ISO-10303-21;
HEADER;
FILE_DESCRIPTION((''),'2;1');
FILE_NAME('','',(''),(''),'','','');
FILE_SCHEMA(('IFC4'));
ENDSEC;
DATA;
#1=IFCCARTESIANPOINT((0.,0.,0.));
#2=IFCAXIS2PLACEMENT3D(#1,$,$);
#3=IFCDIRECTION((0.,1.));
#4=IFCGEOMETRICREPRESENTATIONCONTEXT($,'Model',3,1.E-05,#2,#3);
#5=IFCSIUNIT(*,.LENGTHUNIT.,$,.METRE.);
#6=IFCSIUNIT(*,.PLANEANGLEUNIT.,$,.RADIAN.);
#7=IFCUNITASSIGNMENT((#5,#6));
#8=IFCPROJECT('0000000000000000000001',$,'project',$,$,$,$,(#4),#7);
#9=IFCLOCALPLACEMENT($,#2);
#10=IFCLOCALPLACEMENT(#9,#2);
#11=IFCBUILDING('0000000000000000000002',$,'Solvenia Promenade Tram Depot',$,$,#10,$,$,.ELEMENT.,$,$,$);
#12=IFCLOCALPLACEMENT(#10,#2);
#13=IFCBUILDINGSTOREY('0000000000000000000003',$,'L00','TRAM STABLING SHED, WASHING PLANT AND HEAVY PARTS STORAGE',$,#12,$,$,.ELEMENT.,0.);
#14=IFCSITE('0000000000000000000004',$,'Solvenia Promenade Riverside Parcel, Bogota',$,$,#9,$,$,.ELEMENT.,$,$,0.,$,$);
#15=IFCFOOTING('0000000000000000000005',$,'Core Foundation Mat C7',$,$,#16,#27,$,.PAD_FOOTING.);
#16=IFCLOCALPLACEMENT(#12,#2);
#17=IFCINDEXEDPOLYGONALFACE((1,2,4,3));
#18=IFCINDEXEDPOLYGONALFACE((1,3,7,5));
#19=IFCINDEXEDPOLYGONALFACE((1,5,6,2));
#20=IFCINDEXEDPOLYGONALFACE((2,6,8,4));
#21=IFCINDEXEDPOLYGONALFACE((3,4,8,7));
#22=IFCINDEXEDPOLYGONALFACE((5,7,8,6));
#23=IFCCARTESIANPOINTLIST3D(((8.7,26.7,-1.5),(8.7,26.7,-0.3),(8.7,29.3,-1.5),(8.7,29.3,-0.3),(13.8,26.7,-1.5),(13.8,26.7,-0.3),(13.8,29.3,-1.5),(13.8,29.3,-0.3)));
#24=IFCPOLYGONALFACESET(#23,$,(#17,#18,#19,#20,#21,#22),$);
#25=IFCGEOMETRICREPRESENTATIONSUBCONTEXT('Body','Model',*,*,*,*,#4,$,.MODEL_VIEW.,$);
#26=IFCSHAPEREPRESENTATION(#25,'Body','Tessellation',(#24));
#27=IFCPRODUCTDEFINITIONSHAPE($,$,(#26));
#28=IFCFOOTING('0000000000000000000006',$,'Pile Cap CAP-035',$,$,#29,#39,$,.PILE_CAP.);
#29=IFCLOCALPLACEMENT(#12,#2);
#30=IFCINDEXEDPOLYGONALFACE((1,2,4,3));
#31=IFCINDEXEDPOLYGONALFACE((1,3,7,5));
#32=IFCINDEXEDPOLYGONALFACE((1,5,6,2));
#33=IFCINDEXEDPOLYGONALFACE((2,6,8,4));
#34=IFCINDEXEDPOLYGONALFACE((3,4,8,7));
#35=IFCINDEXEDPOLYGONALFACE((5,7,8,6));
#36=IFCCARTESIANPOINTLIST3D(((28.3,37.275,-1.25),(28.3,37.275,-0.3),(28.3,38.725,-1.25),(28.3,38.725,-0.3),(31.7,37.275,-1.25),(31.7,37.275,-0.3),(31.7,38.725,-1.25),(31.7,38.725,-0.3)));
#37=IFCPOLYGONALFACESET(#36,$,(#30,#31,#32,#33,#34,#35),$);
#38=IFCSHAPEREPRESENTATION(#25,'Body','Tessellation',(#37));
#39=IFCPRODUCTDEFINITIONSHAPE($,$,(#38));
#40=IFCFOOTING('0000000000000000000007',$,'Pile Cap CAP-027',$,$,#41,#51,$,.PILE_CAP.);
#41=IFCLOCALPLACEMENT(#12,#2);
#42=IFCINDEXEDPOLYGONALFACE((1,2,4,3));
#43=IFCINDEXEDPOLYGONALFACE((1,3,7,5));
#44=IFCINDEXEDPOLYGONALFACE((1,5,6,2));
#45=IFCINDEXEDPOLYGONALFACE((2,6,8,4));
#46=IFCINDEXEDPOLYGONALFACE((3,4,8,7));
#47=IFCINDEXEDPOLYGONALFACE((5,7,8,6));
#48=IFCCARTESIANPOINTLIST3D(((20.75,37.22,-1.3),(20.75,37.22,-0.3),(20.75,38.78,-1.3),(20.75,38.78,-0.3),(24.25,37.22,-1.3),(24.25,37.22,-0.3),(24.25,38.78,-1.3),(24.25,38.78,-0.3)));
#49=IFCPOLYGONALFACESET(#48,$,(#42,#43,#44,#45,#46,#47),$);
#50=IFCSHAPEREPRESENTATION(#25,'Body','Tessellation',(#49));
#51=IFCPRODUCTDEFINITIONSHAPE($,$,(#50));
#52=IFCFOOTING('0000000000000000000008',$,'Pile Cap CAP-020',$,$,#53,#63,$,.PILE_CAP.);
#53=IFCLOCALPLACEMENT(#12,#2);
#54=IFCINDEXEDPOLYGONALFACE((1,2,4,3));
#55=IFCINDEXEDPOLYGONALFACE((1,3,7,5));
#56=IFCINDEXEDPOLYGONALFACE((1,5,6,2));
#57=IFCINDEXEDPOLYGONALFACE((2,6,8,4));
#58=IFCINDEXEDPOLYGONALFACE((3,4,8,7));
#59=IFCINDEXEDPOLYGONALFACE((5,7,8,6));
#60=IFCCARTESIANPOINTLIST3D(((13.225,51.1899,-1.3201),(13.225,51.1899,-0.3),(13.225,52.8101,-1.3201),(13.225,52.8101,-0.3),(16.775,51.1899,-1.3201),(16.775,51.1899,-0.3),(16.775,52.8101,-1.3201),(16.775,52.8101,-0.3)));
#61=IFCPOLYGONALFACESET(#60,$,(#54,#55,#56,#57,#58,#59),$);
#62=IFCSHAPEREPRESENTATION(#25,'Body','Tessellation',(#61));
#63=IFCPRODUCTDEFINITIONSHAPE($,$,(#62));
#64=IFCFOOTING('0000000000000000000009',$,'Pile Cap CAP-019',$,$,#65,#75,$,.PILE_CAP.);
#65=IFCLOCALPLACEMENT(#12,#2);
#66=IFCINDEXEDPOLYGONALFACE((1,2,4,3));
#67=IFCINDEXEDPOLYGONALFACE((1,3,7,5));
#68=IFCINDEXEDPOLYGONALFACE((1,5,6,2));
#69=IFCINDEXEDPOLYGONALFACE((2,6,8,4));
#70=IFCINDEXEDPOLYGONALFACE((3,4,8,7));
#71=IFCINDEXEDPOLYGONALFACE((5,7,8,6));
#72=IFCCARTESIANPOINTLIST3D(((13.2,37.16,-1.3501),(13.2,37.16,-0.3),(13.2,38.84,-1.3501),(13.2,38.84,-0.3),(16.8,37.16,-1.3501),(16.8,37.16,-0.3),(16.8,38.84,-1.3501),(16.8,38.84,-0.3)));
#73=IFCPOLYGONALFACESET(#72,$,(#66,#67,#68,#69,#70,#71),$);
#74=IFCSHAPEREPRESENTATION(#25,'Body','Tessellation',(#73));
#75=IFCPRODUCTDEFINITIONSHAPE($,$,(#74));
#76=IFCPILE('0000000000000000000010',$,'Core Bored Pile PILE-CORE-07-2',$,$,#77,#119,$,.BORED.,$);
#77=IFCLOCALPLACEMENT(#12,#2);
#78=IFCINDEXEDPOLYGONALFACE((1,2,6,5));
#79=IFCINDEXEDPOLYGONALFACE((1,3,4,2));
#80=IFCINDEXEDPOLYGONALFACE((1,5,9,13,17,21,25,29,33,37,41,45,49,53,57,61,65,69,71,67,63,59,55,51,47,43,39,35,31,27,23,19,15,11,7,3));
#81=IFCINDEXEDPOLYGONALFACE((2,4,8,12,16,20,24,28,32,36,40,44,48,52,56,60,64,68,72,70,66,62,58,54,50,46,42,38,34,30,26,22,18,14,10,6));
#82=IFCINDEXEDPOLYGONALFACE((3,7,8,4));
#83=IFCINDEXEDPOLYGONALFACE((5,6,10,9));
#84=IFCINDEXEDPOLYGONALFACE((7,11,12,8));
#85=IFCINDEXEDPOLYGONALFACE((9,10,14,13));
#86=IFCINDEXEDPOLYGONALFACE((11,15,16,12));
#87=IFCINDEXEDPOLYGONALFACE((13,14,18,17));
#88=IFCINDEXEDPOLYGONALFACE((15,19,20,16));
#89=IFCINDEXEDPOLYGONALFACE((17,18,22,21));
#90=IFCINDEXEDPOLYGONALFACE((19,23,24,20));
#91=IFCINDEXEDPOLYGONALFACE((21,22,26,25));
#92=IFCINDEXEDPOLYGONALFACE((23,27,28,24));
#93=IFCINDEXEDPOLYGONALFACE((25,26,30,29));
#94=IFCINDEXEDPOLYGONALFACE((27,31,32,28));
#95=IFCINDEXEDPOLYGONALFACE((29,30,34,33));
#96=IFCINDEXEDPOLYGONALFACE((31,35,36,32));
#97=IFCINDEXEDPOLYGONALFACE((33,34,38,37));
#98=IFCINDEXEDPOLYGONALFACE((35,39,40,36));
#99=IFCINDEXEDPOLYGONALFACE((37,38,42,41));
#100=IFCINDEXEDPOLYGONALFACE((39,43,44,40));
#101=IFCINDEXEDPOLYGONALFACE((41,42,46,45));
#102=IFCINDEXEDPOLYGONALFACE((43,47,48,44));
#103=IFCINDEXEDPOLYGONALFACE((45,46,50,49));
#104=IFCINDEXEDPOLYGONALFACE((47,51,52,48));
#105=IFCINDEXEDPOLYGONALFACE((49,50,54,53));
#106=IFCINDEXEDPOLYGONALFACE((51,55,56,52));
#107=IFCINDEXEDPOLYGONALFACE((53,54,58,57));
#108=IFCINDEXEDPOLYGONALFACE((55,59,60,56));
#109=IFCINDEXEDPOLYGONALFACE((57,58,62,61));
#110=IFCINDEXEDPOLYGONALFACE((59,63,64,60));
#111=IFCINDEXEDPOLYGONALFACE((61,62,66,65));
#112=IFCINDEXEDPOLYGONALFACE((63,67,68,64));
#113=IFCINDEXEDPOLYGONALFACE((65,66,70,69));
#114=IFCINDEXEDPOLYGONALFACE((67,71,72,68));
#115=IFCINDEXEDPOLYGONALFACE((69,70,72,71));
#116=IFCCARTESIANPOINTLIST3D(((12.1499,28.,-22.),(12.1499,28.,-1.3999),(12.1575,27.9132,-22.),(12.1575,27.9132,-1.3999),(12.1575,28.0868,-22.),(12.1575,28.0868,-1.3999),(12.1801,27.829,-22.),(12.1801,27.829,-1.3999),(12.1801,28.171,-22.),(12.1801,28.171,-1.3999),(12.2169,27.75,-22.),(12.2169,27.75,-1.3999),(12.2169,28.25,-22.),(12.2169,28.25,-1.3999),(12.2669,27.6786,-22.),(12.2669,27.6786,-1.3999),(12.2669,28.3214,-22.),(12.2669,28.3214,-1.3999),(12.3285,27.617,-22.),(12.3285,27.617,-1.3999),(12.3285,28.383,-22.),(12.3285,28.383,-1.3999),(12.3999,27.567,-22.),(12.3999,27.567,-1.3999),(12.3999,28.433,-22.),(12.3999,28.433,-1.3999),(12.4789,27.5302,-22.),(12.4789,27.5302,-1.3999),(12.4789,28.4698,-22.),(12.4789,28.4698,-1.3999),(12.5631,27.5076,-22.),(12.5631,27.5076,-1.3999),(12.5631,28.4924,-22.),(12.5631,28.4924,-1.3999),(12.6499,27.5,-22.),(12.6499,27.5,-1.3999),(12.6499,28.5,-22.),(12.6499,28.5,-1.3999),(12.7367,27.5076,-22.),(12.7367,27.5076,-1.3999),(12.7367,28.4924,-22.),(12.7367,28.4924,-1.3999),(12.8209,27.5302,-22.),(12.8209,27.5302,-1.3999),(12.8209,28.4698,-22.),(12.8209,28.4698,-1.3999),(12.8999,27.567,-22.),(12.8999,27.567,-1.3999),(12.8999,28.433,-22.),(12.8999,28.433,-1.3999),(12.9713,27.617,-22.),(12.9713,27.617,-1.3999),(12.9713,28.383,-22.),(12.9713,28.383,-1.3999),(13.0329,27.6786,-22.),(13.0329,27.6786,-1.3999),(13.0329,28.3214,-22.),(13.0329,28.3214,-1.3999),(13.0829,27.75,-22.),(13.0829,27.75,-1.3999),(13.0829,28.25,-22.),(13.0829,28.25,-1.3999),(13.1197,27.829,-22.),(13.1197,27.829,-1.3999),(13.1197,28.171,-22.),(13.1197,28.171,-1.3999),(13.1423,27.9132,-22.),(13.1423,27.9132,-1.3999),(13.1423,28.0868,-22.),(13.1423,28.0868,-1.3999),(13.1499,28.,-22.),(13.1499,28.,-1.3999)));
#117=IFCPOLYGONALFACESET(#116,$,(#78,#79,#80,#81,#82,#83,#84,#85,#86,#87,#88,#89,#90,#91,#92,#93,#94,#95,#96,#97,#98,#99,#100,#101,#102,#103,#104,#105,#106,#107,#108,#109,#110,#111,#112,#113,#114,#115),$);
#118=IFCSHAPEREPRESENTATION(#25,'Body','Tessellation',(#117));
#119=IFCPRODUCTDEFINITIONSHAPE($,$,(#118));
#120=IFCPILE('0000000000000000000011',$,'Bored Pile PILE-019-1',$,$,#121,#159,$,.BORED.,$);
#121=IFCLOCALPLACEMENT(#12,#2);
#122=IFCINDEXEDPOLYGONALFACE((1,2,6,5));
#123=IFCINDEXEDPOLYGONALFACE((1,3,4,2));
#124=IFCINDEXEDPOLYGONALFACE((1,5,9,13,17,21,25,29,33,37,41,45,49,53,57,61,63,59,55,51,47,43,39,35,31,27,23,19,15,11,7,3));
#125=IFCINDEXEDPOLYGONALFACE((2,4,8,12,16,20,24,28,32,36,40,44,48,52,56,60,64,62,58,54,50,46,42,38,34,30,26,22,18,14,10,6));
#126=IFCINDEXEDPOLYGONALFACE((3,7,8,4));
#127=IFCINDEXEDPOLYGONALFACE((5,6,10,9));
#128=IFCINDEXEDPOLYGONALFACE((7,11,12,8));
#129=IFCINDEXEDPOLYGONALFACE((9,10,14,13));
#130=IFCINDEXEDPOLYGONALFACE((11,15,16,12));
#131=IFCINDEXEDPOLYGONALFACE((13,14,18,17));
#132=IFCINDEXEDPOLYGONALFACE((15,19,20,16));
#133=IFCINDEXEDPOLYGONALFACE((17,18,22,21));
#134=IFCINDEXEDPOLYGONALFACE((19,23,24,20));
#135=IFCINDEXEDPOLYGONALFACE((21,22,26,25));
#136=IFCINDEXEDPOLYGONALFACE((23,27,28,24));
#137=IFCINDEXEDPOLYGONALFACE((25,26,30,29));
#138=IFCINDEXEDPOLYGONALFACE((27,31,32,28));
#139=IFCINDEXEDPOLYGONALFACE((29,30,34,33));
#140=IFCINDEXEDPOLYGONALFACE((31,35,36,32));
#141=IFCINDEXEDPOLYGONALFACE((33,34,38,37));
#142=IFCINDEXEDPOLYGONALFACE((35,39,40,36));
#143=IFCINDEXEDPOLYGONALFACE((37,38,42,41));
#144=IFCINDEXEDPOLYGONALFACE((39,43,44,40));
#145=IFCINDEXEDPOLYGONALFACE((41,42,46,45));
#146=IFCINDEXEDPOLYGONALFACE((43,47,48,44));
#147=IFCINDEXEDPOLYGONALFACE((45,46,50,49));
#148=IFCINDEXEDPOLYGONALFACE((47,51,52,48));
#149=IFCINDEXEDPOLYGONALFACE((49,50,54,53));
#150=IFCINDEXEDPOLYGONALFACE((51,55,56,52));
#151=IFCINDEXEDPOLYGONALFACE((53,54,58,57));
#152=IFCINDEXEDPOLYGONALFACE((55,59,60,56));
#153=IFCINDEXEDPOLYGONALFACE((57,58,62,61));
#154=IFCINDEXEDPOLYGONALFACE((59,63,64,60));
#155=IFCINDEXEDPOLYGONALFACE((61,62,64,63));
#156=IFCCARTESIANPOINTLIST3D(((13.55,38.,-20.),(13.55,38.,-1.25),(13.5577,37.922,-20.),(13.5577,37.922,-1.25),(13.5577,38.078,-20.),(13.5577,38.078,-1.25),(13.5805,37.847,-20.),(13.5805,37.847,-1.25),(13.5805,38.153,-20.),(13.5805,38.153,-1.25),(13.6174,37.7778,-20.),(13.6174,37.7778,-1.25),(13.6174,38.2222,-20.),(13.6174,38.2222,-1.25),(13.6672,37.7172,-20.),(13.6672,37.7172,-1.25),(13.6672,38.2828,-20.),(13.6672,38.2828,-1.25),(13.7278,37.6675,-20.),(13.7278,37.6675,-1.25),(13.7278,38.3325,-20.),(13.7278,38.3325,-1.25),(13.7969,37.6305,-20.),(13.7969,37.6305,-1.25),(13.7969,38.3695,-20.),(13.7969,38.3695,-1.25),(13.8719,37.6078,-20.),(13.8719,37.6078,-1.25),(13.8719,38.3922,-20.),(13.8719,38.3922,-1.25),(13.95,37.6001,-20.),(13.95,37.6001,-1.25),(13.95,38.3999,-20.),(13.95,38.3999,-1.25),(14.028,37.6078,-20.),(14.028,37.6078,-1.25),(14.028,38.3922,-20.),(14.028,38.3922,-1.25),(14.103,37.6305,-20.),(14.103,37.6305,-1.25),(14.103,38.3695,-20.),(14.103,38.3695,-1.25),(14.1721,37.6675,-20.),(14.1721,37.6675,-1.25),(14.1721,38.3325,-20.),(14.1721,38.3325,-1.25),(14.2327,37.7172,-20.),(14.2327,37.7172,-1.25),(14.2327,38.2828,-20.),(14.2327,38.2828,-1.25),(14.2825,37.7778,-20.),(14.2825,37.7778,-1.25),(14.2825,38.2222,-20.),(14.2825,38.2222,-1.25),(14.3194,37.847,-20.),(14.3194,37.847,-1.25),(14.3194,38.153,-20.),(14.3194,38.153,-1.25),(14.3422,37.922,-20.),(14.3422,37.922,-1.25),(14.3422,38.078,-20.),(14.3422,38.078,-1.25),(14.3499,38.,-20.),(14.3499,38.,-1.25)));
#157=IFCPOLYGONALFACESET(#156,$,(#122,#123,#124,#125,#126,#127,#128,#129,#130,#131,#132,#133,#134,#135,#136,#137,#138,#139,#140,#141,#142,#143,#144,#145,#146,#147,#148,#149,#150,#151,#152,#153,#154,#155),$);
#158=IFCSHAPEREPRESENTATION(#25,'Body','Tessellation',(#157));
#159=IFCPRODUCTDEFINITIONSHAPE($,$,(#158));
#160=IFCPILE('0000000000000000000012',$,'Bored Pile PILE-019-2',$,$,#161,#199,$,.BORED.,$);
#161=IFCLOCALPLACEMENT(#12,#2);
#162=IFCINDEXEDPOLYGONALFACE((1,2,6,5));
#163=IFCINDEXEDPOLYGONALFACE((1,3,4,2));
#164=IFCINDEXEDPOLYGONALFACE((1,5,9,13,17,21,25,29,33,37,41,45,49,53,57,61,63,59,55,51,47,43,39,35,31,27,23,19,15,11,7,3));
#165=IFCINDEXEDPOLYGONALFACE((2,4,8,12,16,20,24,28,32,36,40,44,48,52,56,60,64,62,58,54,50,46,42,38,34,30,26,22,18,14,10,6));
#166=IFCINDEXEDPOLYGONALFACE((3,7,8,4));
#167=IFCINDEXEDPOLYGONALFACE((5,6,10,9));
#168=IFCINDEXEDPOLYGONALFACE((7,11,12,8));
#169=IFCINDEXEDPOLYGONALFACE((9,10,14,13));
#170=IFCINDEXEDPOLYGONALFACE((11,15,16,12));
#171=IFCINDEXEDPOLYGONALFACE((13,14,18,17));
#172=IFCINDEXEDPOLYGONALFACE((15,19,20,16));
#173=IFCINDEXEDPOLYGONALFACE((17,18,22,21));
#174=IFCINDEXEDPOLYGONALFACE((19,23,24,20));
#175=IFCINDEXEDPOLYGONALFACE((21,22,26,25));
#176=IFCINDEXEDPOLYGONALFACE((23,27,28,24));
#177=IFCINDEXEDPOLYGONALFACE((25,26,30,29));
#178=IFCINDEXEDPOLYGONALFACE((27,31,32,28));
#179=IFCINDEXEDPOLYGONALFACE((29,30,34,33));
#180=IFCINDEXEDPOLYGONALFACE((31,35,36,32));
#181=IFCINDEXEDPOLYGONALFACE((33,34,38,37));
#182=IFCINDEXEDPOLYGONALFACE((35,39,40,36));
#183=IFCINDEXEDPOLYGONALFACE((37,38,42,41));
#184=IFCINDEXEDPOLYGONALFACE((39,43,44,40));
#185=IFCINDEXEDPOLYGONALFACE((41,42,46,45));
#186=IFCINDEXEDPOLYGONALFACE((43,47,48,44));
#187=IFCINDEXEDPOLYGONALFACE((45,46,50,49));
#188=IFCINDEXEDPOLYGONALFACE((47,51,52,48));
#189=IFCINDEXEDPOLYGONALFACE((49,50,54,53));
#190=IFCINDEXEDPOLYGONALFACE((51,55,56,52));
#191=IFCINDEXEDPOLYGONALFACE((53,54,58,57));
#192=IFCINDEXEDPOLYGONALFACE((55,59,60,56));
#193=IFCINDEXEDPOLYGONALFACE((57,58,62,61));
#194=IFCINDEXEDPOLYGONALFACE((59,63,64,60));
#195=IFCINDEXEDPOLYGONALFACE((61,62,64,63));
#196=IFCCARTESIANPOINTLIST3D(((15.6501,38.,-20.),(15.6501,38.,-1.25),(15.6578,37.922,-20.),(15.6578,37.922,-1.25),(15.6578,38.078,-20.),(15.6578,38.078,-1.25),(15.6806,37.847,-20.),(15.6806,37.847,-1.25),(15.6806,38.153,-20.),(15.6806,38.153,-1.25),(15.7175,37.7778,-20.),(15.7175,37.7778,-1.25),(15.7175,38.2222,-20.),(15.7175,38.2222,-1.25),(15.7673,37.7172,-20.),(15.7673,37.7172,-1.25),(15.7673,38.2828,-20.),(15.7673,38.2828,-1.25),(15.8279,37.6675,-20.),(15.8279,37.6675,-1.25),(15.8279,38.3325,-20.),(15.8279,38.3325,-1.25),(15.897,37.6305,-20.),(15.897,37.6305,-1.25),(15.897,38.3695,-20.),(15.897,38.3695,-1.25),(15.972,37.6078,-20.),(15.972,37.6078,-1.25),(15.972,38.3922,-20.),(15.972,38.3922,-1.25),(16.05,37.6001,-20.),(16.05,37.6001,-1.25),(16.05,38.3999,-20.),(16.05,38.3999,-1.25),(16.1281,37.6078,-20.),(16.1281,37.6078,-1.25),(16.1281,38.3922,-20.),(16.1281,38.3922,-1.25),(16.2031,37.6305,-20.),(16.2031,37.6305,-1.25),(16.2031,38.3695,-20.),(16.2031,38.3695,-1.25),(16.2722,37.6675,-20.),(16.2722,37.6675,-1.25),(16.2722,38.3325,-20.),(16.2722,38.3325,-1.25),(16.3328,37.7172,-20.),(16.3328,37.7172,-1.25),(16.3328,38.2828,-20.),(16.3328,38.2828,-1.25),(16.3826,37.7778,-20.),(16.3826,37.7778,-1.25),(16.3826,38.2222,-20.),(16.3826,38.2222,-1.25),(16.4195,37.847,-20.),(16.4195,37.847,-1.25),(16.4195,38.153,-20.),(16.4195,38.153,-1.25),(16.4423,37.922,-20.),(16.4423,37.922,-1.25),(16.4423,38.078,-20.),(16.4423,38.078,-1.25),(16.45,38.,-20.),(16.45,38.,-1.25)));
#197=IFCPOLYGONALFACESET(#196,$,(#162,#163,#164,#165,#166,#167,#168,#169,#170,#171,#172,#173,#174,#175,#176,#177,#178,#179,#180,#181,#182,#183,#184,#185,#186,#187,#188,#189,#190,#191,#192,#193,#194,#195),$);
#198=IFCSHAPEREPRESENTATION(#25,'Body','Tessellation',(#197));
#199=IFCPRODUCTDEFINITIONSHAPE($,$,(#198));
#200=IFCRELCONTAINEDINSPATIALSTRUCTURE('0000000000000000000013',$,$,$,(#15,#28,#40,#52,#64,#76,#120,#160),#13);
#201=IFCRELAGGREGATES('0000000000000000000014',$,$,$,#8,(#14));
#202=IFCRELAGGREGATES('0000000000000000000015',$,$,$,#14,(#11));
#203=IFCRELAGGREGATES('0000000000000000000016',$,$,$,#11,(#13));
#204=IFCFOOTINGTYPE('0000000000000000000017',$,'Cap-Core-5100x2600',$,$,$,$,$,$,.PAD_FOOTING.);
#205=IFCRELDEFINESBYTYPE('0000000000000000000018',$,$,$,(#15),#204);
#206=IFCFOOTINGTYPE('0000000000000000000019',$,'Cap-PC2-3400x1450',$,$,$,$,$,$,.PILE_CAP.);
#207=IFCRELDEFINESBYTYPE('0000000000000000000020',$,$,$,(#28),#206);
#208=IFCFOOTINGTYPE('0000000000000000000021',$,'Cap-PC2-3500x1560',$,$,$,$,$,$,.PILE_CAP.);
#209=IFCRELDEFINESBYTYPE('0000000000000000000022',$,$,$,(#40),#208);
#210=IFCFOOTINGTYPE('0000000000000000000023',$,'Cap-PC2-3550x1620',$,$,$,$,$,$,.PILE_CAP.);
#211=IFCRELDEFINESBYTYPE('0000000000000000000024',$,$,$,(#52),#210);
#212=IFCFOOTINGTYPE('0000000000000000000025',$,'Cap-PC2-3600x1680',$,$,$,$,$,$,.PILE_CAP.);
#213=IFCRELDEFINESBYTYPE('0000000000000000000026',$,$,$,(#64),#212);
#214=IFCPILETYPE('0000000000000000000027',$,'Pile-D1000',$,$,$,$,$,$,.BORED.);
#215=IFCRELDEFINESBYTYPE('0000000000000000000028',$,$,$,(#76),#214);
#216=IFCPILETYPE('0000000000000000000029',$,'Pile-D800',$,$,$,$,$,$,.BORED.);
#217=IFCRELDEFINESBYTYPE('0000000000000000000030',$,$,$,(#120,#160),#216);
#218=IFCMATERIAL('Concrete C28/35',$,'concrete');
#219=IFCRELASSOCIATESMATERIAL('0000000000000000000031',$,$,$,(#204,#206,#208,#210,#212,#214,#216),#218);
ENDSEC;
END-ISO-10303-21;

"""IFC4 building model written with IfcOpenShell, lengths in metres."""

from ifc_helpers import new_model, si_unit, direction, frame, origin, origin_2d, place, context, subcontext, project, spatial, rectangle, circle, extrude, material, material_profile, profile_set, type_object, element, save


model = new_model("IFC4")

# Units and contexts
model_context = context("Model", 3, precision=1e-05, world=origin(), true_north=direction((0.0, 1.0)))
body_context = subcontext(model_context, "Body", "Model", "MODEL_VIEW")
ifc_project = project(units=[si_unit("LENGTHUNIT", "METRE"), si_unit("PLANEANGLEUNIT", "RADIAN")], contexts=[model_context])

# Site, building, storey
site_placement = place(None, origin())
site = spatial("IfcSite", under=ifc_project, at=site_placement, Name="Solvenia Promenade Riverside Parcel, Bogota", CompositionType="ELEMENT", RefElevation=0.0)
building_placement = place(site_placement, origin())
building = spatial("IfcBuilding", under=site, at=building_placement, Name="Solvenia Promenade Tram Depot", CompositionType="ELEMENT")
storey_placement = place(building_placement, origin())
storey = spatial("IfcBuildingStorey", under=building, at=storey_placement, Name="L00", Description="TRAM STABLING SHED, WASHING PLANT AND HEAVY PARTS STORAGE", CompositionType="ELEMENT", Elevation=0.0)

# Footings
ifc_material_1 = material(Name="Concrete C28/35", Category="concrete")
footing_type_1 = type_object("IfcFootingType", Name="Cap-Core-5100x2600", PredefinedType="PAD_FOOTING", material=ifc_material_1)
footing_1_placement = place(storey_placement, frame((11.25, 28.0, -1.5), z_axis=(0.0, 0.0, 1.0), x_axis=(1.0, 0.0, 0.0)))
element("IfcFooting", 1, at=footing_1_placement, inside=storey, type_object=footing_type_1, Name="Core Foundation Mat C7", PredefinedType="PAD_FOOTING", context=body_context, shape_type="SweptSolid", body=[
    extrude(rectangle(XDim=5.1001, YDim=2.6001, at=origin_2d()), origin(), (0.0, 0.0, 1.0), 1.2),
])
footing_type_2 = type_object("IfcFootingType", Name="Cap-PC2-3400x1450", PredefinedType="PILE_CAP", material=ifc_material_1)
footing_2_placement = place(storey_placement, frame((30.0, 38.0, -1.25), z_axis=(0.0, 0.0, 1.0), x_axis=(1.0, 0.0, 0.0)))
element("IfcFooting", 2, at=footing_2_placement, inside=storey, type_object=footing_type_2, Name="Pile Cap CAP-035", PredefinedType="PILE_CAP", context=body_context, shape_type="SweptSolid", body=[
    extrude(rectangle(XDim=3.3999, YDim=1.45, at=origin_2d()), origin(), (0.0, 0.0, 1.0), 0.95),
])
footing_type_3 = type_object("IfcFootingType", Name="Cap-PC2-3500x1560", PredefinedType="PILE_CAP", material=ifc_material_1)
footing_3_placement = place(storey_placement, frame((22.5, 38.0, -1.3), z_axis=(0.0, 0.0, 1.0), x_axis=(1.0, 0.0, 0.0)))
element("IfcFooting", 3, at=footing_3_placement, inside=storey, type_object=footing_type_3, Name="Pile Cap CAP-027", PredefinedType="PILE_CAP", context=body_context, shape_type="SweptSolid", body=[
    extrude(rectangle(XDim=3.5, YDim=1.5601, at=origin_2d()), origin(), (0.0, 0.0, 1.0), 1.0),
])
footing_type_4 = type_object("IfcFootingType", Name="Cap-PC2-3550x1620", PredefinedType="PILE_CAP", material=ifc_material_1)
footing_4_placement = place(storey_placement, frame((15.0, 52.0, -1.3201), z_axis=(0.0, 0.0, 1.0), x_axis=(1.0, 0.0, 0.0)))
element("IfcFooting", 4, at=footing_4_placement, inside=storey, type_object=footing_type_4, Name="Pile Cap CAP-020", PredefinedType="PILE_CAP", context=body_context, shape_type="SweptSolid", body=[
    extrude(rectangle(XDim=3.55, YDim=1.6201, at=origin_2d()), origin(), (0.0, 0.0, 1.0), 1.02),
])
footing_type_5 = type_object("IfcFootingType", Name="Cap-PC2-3600x1680", PredefinedType="PILE_CAP", material=ifc_material_1)
footing_5_placement = place(storey_placement, frame((15.0, 38.0, -1.3501), z_axis=(0.0, 0.0, 1.0), x_axis=(1.0, 0.0, 0.0)))
element("IfcFooting", 5, at=footing_5_placement, inside=storey, type_object=footing_type_5, Name="Pile Cap CAP-019", PredefinedType="PILE_CAP", context=body_context, shape_type="SweptSolid", body=[
    extrude(rectangle(XDim=3.6001, YDim=1.6799, at=origin_2d()), origin(), (0.0, 0.0, 1.0), 1.05),
])

# Piles
ifc_material_profile_1 = material_profile(ifc_material_1, circle(Radius=0.5, at=origin_2d()), Name="D1000", Category="concrete")
ifc_profile_set_1 = profile_set([ifc_material_profile_1], Name="Concrete C28/35")
pile_type_1 = type_object("IfcPileType", Name="Pile-D1000", PredefinedType="BORED", material=ifc_profile_set_1)
pile_placement = place(storey_placement, frame((12.6499, 28.0, -1.3999), z_axis=(0.0, 0.0, -1.0), x_axis=(1.0, 0.0, 0.0)))
element("IfcPile", 6, at=pile_placement, inside=storey, type_object=pile_type_1, Name="Core Bored Pile PILE-CORE-07-2", PredefinedType="BORED", context=body_context, shape_type="SweptSolid", body=[
    extrude(circle(Radius=0.5, at=origin_2d()), origin(), (0.0, 0.0, 1.0), 20.6001),
])
ifc_material_profile_2 = material_profile(ifc_material_1, circle(Radius=0.3999, at=origin_2d()), Name="D800", Category="concrete")
ifc_profile_set_2 = profile_set([ifc_material_profile_2], Name="Concrete C28/35")
pile_type_2 = type_object("IfcPileType", Name="Pile-D800", PredefinedType="BORED", material=ifc_profile_set_2)
for number, where, z_axis, x_axis, name in (
    (7, (13.95, 38.0, -1.25), (0.0, 0.0, -1.0), (1.0, 0.0, 0.0), "Bored Pile PILE-019-1"),
    (8, (16.05, 38.0, -1.25), (0.0, 0.0, -1.0), (1.0, 0.0, 0.0), "Bored Pile PILE-019-2"),
):
    element("IfcPile", number, at=place(storey_placement, frame(where, z_axis=z_axis, x_axis=x_axis)), inside=storey, type_object=pile_type_2, Name=name, PredefinedType="BORED", context=body_context, shape_type="SweptSolid", body=[
        extrude(circle(Radius=0.3999, at=origin_2d()), origin(), (0.0, 0.0, 1.0), 18.75),
    ])

save(model, "model.ifc")
